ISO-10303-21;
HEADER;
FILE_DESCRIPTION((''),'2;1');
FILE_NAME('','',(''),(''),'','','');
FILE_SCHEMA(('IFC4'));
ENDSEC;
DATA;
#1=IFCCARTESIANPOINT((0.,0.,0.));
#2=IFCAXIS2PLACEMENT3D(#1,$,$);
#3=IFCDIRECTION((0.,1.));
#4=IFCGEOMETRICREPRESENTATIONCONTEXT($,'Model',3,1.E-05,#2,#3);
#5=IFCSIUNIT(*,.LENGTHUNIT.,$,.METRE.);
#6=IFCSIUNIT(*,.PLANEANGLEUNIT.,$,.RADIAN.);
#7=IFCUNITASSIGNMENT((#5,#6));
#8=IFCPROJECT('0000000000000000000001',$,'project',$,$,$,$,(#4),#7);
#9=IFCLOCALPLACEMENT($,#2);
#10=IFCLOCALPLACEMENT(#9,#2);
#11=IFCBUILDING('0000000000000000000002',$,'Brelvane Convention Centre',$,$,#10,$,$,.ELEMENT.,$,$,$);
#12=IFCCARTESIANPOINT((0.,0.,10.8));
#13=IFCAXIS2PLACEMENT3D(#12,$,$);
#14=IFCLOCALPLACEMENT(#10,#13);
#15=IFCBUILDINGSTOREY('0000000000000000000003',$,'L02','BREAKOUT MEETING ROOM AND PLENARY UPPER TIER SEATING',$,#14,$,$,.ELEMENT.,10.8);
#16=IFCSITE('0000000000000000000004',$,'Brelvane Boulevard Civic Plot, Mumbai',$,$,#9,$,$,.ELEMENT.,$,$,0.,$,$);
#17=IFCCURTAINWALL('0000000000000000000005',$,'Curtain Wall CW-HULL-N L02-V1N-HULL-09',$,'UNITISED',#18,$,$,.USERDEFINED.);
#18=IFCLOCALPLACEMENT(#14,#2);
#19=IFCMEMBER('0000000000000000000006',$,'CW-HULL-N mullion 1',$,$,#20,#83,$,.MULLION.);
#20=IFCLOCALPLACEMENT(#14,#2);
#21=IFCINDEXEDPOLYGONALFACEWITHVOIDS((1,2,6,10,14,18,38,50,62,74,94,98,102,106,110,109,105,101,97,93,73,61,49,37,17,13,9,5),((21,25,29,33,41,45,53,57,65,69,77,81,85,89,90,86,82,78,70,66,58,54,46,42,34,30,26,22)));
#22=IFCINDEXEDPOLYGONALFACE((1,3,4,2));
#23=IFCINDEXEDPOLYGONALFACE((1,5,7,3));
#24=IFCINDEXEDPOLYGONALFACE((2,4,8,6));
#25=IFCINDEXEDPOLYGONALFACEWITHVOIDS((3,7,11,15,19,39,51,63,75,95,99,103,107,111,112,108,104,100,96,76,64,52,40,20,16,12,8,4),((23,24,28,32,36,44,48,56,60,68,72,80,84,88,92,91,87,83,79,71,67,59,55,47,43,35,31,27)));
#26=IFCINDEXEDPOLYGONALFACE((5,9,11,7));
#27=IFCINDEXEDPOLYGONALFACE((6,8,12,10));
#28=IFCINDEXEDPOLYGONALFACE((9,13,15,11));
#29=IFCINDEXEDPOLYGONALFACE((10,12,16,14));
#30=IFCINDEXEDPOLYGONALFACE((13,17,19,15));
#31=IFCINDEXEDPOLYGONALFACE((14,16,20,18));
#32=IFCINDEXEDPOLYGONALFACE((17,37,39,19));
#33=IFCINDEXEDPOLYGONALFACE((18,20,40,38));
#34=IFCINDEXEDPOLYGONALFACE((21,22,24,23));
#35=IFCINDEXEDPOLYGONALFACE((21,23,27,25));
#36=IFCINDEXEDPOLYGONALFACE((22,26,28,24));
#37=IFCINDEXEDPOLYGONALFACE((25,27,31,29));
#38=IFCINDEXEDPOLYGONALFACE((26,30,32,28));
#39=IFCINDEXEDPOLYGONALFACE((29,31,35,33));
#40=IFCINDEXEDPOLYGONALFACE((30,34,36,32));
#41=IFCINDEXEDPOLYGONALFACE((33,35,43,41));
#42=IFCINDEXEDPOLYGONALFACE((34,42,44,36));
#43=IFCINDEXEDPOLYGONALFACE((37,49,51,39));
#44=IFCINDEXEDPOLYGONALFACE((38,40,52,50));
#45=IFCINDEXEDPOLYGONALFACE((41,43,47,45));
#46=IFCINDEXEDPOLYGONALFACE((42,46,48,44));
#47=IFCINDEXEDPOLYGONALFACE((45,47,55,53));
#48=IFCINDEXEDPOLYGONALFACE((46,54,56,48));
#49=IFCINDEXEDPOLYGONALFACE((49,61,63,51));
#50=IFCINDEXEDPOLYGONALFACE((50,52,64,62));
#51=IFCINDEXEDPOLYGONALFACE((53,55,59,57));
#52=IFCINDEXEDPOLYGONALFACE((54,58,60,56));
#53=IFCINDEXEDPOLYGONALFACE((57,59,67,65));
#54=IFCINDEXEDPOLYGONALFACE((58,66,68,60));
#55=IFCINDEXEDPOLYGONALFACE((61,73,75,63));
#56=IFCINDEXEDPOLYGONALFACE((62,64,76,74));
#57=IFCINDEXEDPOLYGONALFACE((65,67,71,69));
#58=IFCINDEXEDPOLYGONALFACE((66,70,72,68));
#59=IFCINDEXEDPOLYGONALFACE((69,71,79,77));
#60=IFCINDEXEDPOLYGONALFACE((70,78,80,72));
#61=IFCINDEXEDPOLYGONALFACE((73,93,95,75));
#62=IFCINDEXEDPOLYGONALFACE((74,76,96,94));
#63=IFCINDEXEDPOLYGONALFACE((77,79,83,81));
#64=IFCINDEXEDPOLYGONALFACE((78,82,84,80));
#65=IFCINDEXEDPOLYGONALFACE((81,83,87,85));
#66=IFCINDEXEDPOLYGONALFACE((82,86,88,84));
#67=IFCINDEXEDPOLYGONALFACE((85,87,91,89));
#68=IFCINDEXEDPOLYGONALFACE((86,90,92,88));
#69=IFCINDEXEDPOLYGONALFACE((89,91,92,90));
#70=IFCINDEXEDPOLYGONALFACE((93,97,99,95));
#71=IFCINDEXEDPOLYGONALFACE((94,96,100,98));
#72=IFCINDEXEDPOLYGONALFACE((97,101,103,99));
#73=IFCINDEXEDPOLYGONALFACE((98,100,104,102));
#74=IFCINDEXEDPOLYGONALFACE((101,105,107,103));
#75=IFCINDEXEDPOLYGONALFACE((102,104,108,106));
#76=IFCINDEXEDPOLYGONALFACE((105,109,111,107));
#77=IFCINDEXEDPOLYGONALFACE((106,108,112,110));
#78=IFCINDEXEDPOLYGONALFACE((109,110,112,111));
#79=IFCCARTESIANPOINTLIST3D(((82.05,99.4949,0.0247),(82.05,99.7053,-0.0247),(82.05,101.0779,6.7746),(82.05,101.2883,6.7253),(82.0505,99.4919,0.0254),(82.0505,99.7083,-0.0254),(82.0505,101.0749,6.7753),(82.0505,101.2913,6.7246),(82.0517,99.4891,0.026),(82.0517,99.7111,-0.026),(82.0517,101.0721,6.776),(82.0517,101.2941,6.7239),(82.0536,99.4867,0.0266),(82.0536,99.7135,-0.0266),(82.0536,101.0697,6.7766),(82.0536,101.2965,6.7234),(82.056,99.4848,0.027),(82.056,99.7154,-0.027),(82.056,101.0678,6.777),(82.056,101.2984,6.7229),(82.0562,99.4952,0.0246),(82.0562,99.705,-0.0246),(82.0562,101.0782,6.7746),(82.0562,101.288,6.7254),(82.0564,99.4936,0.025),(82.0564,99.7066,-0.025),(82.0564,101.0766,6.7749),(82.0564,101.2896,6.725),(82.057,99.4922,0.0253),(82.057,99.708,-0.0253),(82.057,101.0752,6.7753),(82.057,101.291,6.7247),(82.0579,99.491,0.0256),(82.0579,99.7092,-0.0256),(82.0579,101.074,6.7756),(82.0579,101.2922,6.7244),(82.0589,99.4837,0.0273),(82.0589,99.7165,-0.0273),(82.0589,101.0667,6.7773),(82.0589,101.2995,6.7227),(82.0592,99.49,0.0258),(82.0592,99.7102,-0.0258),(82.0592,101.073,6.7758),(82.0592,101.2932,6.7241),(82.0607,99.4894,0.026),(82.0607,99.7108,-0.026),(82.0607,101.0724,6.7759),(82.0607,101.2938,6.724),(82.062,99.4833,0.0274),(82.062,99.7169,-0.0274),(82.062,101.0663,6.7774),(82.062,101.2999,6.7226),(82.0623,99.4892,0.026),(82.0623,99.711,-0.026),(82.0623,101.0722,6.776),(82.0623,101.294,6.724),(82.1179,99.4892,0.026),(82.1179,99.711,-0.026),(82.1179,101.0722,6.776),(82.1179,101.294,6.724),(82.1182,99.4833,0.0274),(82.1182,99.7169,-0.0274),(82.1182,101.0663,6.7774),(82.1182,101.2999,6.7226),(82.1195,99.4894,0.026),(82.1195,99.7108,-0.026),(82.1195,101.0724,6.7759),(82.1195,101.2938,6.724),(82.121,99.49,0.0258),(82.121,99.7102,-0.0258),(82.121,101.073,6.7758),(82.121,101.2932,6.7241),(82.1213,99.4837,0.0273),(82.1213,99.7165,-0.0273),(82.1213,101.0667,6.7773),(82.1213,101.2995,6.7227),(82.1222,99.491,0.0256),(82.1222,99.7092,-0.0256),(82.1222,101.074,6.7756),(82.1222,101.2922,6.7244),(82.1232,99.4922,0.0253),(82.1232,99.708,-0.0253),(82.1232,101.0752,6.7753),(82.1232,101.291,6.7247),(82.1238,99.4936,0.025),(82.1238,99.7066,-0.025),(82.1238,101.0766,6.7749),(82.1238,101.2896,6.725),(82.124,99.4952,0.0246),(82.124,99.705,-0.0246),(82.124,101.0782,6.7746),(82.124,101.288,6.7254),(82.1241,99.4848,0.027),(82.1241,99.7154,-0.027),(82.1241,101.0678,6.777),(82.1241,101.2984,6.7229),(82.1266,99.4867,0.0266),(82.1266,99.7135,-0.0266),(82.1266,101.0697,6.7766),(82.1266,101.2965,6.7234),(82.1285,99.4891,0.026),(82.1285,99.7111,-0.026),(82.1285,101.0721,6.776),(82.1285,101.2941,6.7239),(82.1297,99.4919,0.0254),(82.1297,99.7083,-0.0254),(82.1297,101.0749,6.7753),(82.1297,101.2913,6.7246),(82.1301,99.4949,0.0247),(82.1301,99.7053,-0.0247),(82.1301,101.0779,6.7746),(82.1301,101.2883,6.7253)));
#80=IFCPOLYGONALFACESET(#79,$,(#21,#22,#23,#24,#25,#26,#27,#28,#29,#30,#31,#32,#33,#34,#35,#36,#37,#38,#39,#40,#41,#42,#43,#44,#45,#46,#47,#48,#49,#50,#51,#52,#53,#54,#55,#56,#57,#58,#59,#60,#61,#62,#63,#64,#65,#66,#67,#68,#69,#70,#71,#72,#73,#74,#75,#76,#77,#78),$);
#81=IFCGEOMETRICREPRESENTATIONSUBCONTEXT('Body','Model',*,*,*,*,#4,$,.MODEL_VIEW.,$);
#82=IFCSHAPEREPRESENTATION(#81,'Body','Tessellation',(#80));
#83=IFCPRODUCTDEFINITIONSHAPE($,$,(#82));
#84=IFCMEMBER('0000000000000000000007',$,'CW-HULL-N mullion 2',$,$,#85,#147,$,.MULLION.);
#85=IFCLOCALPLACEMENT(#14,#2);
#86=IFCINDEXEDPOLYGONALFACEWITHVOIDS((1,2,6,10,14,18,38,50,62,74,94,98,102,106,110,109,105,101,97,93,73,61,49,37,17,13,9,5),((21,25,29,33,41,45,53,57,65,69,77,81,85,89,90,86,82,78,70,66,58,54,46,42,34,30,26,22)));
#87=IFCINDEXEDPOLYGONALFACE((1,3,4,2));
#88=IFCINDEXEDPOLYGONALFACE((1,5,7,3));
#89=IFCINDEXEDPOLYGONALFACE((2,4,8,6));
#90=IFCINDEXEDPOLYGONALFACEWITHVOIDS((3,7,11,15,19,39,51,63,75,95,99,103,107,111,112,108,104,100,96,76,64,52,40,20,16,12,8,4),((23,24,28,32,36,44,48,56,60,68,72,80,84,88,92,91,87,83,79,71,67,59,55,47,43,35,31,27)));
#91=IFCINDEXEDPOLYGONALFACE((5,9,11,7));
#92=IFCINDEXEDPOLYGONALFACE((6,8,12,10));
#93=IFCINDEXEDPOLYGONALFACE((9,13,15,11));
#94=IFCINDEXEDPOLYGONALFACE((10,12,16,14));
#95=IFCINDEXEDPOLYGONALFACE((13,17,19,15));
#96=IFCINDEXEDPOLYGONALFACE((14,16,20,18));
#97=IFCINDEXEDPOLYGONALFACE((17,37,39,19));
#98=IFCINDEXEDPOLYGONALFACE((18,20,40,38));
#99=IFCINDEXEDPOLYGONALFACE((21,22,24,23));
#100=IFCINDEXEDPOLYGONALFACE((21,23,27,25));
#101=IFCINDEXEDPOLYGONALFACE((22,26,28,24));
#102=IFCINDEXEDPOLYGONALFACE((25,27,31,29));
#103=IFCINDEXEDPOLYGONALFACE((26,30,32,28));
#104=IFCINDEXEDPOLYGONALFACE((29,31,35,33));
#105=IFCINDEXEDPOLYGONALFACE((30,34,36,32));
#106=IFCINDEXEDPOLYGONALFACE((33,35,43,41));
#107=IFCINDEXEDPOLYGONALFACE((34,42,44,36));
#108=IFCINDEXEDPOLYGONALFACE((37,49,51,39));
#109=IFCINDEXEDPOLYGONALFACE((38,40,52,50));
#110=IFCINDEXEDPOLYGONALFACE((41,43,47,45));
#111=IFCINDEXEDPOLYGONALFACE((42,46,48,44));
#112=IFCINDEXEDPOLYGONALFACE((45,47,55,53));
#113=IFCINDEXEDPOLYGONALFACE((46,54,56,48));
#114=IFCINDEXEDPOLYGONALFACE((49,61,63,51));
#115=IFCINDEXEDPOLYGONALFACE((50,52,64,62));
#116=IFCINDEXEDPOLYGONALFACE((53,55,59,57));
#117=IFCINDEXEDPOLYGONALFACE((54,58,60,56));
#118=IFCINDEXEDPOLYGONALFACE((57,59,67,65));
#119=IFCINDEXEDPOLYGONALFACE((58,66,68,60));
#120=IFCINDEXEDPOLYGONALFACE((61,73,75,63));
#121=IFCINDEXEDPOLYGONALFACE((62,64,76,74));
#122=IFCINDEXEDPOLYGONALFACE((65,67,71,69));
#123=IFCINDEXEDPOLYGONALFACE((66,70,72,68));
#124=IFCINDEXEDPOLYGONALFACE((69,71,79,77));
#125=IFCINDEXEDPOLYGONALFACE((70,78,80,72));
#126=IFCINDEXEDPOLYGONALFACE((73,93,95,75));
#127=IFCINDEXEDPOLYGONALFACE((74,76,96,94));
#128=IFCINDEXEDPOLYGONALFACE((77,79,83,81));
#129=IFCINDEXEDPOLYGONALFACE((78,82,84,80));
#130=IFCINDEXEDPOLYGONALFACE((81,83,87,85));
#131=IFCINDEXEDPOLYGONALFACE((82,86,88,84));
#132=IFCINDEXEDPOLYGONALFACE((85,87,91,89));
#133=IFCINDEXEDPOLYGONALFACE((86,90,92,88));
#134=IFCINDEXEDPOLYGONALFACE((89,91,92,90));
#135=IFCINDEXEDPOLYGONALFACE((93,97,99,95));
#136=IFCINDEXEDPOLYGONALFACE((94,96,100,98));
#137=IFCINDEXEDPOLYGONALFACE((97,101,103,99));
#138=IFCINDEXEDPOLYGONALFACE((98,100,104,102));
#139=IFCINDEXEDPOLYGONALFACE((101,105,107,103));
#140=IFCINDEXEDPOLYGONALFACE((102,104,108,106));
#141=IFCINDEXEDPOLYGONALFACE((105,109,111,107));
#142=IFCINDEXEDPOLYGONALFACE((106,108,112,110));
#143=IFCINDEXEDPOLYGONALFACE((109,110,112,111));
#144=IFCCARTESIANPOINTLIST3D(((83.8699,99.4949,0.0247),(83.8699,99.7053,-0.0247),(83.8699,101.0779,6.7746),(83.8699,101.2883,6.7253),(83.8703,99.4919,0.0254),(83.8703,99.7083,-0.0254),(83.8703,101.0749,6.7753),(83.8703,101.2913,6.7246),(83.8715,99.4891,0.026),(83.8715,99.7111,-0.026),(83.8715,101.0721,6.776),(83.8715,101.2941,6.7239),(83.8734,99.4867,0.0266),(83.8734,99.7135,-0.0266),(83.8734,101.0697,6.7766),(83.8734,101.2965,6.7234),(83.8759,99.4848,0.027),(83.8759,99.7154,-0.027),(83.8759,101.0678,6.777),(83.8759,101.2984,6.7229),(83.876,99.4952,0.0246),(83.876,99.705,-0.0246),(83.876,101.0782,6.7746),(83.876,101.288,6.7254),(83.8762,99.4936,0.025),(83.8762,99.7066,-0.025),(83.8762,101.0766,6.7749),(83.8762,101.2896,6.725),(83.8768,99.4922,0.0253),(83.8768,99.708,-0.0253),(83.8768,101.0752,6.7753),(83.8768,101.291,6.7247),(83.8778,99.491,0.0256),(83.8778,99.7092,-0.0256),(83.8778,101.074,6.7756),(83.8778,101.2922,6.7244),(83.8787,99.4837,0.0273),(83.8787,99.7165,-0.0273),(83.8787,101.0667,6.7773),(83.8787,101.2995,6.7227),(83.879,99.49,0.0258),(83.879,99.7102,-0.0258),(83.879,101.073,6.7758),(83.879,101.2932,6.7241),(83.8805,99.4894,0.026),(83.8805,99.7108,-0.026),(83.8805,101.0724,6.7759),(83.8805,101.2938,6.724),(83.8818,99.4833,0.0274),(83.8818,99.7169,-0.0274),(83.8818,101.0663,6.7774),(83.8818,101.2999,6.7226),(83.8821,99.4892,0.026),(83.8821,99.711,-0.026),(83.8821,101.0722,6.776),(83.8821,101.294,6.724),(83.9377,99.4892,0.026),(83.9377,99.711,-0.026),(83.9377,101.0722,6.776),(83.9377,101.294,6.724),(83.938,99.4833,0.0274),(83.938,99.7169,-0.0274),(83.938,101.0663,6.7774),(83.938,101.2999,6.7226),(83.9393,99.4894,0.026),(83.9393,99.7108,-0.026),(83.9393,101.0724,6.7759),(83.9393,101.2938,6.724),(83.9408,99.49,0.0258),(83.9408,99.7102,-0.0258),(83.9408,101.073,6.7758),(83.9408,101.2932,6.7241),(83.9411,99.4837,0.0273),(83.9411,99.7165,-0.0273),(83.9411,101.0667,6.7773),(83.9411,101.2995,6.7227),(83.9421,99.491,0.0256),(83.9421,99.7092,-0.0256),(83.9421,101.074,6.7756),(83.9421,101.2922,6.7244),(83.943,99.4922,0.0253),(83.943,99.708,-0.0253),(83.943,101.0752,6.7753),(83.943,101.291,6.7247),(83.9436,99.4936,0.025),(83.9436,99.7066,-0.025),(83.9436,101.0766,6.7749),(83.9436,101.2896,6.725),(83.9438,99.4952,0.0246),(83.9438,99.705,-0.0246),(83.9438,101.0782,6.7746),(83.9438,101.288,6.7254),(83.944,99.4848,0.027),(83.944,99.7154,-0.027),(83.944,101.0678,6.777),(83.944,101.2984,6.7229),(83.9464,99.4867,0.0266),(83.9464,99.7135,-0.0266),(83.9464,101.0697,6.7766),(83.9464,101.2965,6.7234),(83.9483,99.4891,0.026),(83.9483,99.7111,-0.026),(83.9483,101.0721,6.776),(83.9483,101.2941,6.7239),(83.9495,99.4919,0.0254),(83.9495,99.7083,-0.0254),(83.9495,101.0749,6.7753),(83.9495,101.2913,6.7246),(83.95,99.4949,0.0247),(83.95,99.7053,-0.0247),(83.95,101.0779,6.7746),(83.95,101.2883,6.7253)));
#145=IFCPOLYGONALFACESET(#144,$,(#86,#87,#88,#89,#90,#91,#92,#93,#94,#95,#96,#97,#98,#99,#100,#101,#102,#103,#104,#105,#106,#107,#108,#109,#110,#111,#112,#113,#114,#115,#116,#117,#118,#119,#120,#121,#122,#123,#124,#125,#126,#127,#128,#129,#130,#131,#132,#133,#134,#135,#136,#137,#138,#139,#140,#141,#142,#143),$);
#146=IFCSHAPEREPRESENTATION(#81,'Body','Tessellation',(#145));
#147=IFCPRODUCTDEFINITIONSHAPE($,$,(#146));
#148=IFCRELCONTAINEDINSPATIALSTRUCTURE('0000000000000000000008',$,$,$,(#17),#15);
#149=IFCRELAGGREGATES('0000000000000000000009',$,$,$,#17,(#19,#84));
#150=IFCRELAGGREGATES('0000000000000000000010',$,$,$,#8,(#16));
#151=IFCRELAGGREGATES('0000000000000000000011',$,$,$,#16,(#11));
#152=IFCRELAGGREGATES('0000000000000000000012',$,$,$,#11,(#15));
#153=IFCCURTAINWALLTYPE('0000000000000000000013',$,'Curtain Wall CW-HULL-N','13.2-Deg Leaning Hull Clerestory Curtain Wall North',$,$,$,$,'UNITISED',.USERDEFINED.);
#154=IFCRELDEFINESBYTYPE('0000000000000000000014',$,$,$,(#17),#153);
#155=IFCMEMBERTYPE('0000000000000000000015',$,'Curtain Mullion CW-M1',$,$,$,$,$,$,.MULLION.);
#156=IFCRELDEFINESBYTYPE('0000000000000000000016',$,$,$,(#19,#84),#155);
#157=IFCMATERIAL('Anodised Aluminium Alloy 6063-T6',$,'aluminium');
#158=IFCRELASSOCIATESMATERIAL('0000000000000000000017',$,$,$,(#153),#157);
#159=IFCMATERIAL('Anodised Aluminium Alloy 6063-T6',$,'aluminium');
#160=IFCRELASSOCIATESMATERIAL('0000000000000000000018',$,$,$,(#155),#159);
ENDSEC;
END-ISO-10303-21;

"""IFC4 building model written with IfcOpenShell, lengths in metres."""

from ifc_helpers import new_model, si_unit, direction, frame, origin, origin_2d, place, context, subcontext, project, spatial, hollow_rectangle, extrude, material, material_profile, profile_set, type_object, element, aggregate, save


model = new_model("IFC4")

# Units and contexts
model_context = context("Model", 3, precision=1e-05, world=origin(), true_north=direction((0.0, 1.0)))
body_context = subcontext(model_context, "Body", "Model", "MODEL_VIEW")
ifc_project = project(units=[si_unit("LENGTHUNIT", "METRE"), si_unit("PLANEANGLEUNIT", "RADIAN")], contexts=[model_context])

# Site, building, storey
site_placement = place(None, origin())
site = spatial("IfcSite", under=ifc_project, at=site_placement, Name="Brelvane Boulevard Civic Plot, Mumbai", CompositionType="ELEMENT", RefElevation=0.0)
building_placement = place(site_placement, origin())
building = spatial("IfcBuilding", under=site, at=building_placement, Name="Brelvane Convention Centre", CompositionType="ELEMENT")
storey_placement = place(building_placement, frame((0.0, 0.0, 10.8)))
storey = spatial("IfcBuildingStorey", under=building, at=storey_placement, Name="L02", Description="BREAKOUT MEETING ROOM AND PLENARY UPPER TIER SEATING", CompositionType="ELEMENT", Elevation=10.8)

# Curtain wall, members
ifc_material_1 = material(Name="Anodised Aluminium Alloy 6063-T6", Category="aluminium")
curtain_wall_type = type_object("IfcCurtainWallType", Name="Curtain Wall CW-HULL-N", Description="13.2-Deg Leaning Hull Clerestory Curtain Wall North", ElementType="UNITISED", PredefinedType="USERDEFINED", material=ifc_material_1)
ifc_material_2 = material(Name="Anodised Aluminium Alloy 6063-T6", Category="aluminium")
ifc_material_profile_1 = material_profile(ifc_material_2, hollow_rectangle(XDim=0.0801, YDim=0.24, WallThickness=0.0061, InnerFilletRadius=0.0061, OuterFilletRadius=0.012, at=origin_2d()), Name="ALU-M 240x80x6.0")
ifc_profile_set_1 = profile_set([ifc_material_profile_1], Name="Anodised Aluminium Alloy 6063-T6")
member_type_1 = type_object("IfcMemberType", Name="Curtain Mullion CW-M1", PredefinedType="MULLION", material=ifc_profile_set_1)
curtain_wall_1_placement = place(storey_placement, origin())
curtain_wall_1 = element("IfcCurtainWall", 1, at=curtain_wall_1_placement, inside=storey, type_object=curtain_wall_type, Name="Curtain Wall CW-HULL-N L02-V1N-HULL-09", ObjectType="UNITISED", PredefinedType="USERDEFINED")
member_1_placement = place(storey_placement, frame((82.0901, 99.6001, 0.0), z_axis=(0.0, 0.228325, 0.973585), x_axis=(-1.0, 0.0, 0.0)))
member_1 = element("IfcMember", 2, at=member_1_placement, type_object=member_type_1, Name="CW-HULL-N mullion 1", PredefinedType="MULLION", context=body_context, shape_type="SweptSolid", body=[
    extrude(hollow_rectangle(XDim=0.0801, YDim=0.24, WallThickness=0.0061, InnerFilletRadius=0.0061, OuterFilletRadius=0.012, at=origin_2d()), origin(), (0.0, 0.0, 1.0), 6.9331),
])
member_2_placement = place(storey_placement, frame((83.9099, 99.6001, 0.0), z_axis=(0.0, 0.228325, 0.973585), x_axis=(-1.0, 0.0, 0.0)))
member_2 = element("IfcMember", 3, at=member_2_placement, type_object=member_type_1, Name="CW-HULL-N mullion 2", PredefinedType="MULLION", context=body_context, shape_type="SweptSolid", body=[
    extrude(hollow_rectangle(XDim=0.0801, YDim=0.24, WallThickness=0.0061, InnerFilletRadius=0.0061, OuterFilletRadius=0.012, at=origin_2d()), origin(), (0.0, 0.0, 1.0), 6.9331),
])

aggregate(curtain_wall_1, [member_1, member_2])

save(model, "model.ifc")
